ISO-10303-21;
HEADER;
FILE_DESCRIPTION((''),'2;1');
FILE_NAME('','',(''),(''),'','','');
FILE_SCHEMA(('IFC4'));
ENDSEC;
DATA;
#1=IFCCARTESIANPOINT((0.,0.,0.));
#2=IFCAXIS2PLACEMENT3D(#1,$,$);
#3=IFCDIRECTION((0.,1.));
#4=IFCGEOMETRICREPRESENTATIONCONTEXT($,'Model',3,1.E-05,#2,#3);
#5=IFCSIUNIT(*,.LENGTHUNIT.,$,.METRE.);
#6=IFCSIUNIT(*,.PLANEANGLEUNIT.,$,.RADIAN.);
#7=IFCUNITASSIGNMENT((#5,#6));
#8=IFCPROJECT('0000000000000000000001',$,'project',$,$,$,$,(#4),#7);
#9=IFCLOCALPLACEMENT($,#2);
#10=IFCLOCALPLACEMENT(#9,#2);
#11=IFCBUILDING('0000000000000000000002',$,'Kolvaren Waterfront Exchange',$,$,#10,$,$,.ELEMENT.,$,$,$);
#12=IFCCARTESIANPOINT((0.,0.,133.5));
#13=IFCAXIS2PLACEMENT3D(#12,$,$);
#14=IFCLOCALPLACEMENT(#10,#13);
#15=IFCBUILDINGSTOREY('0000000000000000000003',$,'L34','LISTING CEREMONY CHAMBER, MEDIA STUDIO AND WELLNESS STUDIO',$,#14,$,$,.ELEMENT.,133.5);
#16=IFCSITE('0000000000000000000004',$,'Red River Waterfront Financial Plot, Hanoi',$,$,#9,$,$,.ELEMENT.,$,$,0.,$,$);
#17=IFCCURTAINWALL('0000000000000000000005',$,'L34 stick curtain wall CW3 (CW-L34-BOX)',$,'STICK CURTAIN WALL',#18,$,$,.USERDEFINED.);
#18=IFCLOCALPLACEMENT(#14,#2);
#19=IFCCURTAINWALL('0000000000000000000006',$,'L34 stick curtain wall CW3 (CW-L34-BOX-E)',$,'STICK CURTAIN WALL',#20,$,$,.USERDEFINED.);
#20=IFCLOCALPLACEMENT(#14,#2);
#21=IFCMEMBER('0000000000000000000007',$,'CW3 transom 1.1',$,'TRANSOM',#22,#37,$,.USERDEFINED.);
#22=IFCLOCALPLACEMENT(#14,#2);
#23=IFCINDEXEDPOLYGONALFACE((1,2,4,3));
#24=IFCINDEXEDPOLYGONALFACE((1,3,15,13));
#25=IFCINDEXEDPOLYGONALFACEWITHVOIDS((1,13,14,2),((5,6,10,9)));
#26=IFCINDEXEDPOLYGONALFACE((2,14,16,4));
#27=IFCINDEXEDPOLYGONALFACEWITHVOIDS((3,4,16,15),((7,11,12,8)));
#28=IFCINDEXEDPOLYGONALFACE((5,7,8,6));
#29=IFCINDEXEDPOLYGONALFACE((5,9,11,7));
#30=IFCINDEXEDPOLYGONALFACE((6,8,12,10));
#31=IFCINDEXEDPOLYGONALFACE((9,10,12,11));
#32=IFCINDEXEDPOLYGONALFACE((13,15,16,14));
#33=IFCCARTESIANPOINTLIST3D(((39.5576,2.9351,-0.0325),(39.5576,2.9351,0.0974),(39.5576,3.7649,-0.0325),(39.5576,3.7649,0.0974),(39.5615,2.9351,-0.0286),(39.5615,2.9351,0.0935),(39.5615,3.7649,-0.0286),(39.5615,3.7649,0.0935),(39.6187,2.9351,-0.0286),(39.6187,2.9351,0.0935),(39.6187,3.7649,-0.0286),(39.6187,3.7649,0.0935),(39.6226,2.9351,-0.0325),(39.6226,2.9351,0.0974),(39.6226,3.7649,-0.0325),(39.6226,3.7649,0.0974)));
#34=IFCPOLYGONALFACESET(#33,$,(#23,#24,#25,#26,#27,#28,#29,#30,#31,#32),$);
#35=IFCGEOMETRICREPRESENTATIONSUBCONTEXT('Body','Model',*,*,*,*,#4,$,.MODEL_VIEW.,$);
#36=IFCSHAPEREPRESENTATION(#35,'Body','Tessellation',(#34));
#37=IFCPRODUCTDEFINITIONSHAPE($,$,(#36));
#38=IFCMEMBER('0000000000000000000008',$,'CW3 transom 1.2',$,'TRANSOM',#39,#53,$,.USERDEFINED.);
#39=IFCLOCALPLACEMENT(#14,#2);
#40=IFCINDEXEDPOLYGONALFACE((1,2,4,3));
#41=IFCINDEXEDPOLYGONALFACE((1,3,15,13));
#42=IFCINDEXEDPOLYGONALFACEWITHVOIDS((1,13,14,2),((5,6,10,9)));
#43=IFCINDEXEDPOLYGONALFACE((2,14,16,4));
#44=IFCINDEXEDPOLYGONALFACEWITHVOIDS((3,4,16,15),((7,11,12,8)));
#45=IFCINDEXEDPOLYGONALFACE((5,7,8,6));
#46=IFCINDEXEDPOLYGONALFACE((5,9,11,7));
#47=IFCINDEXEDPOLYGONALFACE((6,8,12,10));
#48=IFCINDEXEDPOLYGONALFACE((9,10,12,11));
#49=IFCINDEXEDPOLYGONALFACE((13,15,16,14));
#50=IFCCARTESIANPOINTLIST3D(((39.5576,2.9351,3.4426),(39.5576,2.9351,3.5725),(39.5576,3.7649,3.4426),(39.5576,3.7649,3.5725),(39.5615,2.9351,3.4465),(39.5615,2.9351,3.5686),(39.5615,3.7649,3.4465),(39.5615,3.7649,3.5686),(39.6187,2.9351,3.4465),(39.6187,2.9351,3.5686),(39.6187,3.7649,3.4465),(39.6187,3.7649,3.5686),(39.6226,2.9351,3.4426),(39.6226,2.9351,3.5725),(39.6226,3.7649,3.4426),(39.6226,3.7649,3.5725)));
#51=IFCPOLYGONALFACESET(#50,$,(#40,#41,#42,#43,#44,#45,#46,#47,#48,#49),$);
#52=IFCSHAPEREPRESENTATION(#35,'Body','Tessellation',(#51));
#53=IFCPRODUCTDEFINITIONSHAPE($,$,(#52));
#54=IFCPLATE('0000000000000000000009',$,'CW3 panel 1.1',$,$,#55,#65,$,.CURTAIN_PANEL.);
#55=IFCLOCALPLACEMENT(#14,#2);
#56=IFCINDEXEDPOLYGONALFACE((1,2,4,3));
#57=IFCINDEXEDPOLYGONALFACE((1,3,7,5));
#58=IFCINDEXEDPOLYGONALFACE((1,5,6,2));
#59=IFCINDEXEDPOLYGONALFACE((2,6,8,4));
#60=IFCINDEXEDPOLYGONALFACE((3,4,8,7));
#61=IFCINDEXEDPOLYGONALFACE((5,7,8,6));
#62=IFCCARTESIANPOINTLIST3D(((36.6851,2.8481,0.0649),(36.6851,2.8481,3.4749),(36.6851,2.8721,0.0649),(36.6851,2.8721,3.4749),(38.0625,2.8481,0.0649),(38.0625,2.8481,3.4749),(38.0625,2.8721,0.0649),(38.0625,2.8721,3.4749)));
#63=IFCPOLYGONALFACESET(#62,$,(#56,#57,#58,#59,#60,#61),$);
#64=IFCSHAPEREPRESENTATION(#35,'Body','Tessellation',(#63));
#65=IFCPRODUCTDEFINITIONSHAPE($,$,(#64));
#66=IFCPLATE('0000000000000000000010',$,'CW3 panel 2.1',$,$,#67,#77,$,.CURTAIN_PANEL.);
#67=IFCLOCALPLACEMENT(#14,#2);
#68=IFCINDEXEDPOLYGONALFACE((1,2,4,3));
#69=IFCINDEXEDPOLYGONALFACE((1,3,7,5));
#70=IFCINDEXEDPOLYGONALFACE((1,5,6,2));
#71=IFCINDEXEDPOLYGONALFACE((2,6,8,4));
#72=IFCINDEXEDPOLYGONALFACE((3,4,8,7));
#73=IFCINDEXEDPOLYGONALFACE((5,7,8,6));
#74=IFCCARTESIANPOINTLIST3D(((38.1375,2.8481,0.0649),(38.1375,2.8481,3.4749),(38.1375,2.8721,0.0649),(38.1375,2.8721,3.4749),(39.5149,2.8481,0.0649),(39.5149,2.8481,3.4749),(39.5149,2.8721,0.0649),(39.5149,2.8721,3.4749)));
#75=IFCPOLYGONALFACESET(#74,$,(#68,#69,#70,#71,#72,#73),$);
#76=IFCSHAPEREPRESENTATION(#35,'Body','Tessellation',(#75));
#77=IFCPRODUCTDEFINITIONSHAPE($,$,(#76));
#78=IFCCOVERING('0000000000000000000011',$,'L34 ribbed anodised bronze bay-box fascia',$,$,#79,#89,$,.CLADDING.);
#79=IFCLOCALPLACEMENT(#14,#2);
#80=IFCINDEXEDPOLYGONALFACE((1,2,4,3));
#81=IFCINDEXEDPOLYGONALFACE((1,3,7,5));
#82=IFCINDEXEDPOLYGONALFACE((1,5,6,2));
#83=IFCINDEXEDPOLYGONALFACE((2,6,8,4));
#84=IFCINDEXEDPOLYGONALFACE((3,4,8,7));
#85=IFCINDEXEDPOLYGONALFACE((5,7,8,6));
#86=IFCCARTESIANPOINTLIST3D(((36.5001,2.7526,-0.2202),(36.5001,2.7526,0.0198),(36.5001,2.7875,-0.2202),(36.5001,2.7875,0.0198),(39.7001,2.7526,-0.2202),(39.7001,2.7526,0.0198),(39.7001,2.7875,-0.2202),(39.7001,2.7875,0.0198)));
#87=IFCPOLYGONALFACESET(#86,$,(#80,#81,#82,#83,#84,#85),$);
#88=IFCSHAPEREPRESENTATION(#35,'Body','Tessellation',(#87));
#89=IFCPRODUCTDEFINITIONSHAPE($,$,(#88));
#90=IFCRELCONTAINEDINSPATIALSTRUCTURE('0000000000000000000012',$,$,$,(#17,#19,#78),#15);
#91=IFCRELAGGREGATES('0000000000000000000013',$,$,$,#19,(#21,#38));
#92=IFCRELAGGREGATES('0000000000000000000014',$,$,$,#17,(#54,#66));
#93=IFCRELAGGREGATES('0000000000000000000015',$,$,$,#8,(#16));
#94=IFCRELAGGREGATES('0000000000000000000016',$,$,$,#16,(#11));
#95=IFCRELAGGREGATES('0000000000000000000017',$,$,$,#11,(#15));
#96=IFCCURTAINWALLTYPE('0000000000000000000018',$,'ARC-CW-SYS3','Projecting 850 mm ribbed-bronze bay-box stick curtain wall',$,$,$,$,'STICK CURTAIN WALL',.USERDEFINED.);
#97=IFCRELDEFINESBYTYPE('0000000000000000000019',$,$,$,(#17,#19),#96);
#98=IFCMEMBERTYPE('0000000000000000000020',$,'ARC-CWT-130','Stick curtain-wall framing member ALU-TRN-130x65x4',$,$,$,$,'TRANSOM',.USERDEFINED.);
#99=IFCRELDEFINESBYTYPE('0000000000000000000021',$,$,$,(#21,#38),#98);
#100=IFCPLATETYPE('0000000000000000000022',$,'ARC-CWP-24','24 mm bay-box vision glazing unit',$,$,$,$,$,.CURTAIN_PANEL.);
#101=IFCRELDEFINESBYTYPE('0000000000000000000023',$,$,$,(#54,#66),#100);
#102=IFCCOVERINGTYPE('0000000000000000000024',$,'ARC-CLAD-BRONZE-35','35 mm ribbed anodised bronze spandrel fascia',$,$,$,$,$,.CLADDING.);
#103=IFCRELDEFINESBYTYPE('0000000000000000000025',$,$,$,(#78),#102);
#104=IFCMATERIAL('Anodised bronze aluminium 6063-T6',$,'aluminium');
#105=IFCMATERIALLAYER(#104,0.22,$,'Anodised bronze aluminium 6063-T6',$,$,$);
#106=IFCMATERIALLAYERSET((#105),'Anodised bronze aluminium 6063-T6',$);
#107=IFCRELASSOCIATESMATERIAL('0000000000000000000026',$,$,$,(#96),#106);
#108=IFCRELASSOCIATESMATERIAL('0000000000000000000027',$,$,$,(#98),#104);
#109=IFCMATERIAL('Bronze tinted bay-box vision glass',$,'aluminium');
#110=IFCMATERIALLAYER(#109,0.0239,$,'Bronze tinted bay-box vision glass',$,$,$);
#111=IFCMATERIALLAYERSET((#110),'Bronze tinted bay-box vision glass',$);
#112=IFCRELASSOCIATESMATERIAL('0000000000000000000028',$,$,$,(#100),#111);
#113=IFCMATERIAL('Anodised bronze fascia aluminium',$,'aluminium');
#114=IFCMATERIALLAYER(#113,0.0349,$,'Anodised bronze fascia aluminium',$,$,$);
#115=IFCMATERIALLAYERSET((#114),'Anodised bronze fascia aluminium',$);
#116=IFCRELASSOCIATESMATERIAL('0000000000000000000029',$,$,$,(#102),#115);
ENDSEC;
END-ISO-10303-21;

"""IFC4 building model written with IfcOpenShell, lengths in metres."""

from ifc_helpers import new_model, si_unit, direction, frame, origin, origin_with_axes, origin_2d, place, context, subcontext, project, spatial, rectangle, hollow_rectangle, extrude, source, transform, mapped, material, layer, layer_set, material_profile, profile_set, type_object, element, aggregate, save


model = new_model("IFC4")

# Units and contexts
model_context = context("Model", 3, precision=1e-05, world=origin(), true_north=direction((0.0, 1.0)))
body_context = subcontext(model_context, "Body", "Model", "MODEL_VIEW")
ifc_project = project(units=[si_unit("LENGTHUNIT", "METRE"), si_unit("PLANEANGLEUNIT", "RADIAN")], contexts=[model_context])

# Site, building, storey
site_placement = place(None, origin())
site = spatial("IfcSite", under=ifc_project, at=site_placement, Name="Red River Waterfront Financial Plot, Hanoi", CompositionType="ELEMENT", RefElevation=0.0)
building_placement = place(site_placement, origin())
building = spatial("IfcBuilding", under=site, at=building_placement, Name="Kolvaren Waterfront Exchange", CompositionType="ELEMENT")
storey_placement = place(building_placement, frame((0.0, 0.0, 133.5)))
storey = spatial("IfcBuildingStorey", under=building, at=storey_placement, Name="L34", Description="LISTING CEREMONY CHAMBER, MEDIA STUDIO AND WELLNESS STUDIO", CompositionType="ELEMENT", Elevation=133.5)

# Shared definitions
ifc_material_1 = material(Name="Anodised bronze aluminium 6063-T6", Category="aluminium")
ifc_layer_1 = layer(ifc_material_1, 0.22, Name="Anodised bronze aluminium 6063-T6")
ifc_layer_set_1 = layer_set([ifc_layer_1], Name="Anodised bronze aluminium 6063-T6")
curtain_wall_type = type_object("IfcCurtainWallType", Name="ARC-CW-SYS3", Description="Projecting 850 mm ribbed-bronze bay-box stick curtain wall", ElementType="STICK CURTAIN WALL", PredefinedType="USERDEFINED", material=ifc_layer_set_1)

# Curtain wall
curtain_wall_1_placement = place(storey_placement, origin())
curtain_wall_1 = element("IfcCurtainWall", 1, at=curtain_wall_1_placement, inside=storey, type_object=curtain_wall_type, Name="L34 stick curtain wall CW3 (CW-L34-BOX)", ObjectType="STICK CURTAIN WALL", PredefinedType="USERDEFINED")

# Curtain wall
curtain_wall_2_placement = place(storey_placement, origin())
curtain_wall_2 = element("IfcCurtainWall", 2, at=curtain_wall_2_placement, inside=storey, type_object=curtain_wall_type, Name="L34 stick curtain wall CW3 (CW-L34-BOX-E)", ObjectType="STICK CURTAIN WALL", PredefinedType="USERDEFINED")

# Members
ifc_material_profile_1 = material_profile(ifc_material_1, hollow_rectangle(XDim=0.0649, YDim=0.1299, WallThickness=0.0039, at=origin_2d()), Name="ALU-TRN-130x65x4")
ifc_profile_set_1 = profile_set([ifc_material_profile_1], Name="Anodised bronze aluminium 6063-T6")
member_type_1 = type_object("IfcMemberType", Name="ARC-CWT-130", Description="Stick curtain-wall framing member ALU-TRN-130x65x4", ElementType="TRANSOM", PredefinedType="USERDEFINED", material=ifc_profile_set_1)
shared_shape_1 = source(origin_with_axes(), body_context, "Body", "SweptSolid", [
    extrude(hollow_rectangle(XDim=0.0649, YDim=0.1299, WallThickness=0.0039, at=origin_2d()), origin(), (0.0, 0.0, 1.0), 0.8298),
])
member_1_placement = place(storey_placement, frame((39.5901, 2.9351, 0.0325), z_axis=(0.0, 1.0, 0.0), x_axis=(-1.0, 0.0, 0.0)))
member_1 = element("IfcMember", 3, at=member_1_placement, type_object=member_type_1, Name="CW3 transom 1.1", ObjectType="TRANSOM", PredefinedType="USERDEFINED", context=body_context, shape_type="MappedRepresentation", body=[
    mapped(shared_shape_1, transform((0.0, 0.0, 0.0), x_axis=(1.0, 0.0, 0.0), y_axis=(0.0, 1.0, 0.0), z_axis=(0.0, 0.0, 1.0), scale=1.0)),
])
member_2_placement = place(storey_placement, frame((39.5901, 2.9351, 3.5076), z_axis=(0.0, 1.0, 0.0), x_axis=(-1.0, 0.0, 0.0)))
member_2 = element("IfcMember", 4, at=member_2_placement, type_object=member_type_1, Name="CW3 transom 1.2", ObjectType="TRANSOM", PredefinedType="USERDEFINED", context=body_context, shape_type="MappedRepresentation", body=[
    mapped(shared_shape_1, transform((0.0, 0.0, 0.0), x_axis=(1.0, 0.0, 0.0), y_axis=(0.0, 1.0, 0.0), z_axis=(0.0, 0.0, 1.0), scale=1.0)),
])
aggregate(curtain_wall_2, [member_1, member_2])

# Plates
ifc_material_2 = material(Name="Bronze tinted bay-box vision glass", Category="aluminium")
ifc_layer_2 = layer(ifc_material_2, 0.0239, Name="Bronze tinted bay-box vision glass")
ifc_layer_set_2 = layer_set([ifc_layer_2], Name="Bronze tinted bay-box vision glass")
plate_type = type_object("IfcPlateType", Name="ARC-CWP-24", Description="24 mm bay-box vision glazing unit", PredefinedType="CURTAIN_PANEL", material=ifc_layer_set_2)
shared_shape_2 = source(origin_with_axes(), body_context, "Body", "SweptSolid", [
    extrude(rectangle(XDim=1.3774, YDim=0.0239, at=origin_2d()), origin(), (0.0, 0.0, 1.0), 3.4099),
])
plate_1_placement = place(storey_placement, frame((37.3738, 2.8601, 0.0649), z_axis=(0.0, 0.0, 1.0), x_axis=(1.0, 0.0, 0.0)))
plate_1 = element("IfcPlate", 5, at=plate_1_placement, type_object=plate_type, Name="CW3 panel 1.1", PredefinedType="CURTAIN_PANEL", context=body_context, shape_type="MappedRepresentation", body=[
    mapped(shared_shape_2, transform((0.0, 0.0, 0.0), x_axis=(1.0, 0.0, 0.0), y_axis=(0.0, 1.0, 0.0), z_axis=(0.0, 0.0, 1.0), scale=1.0)),
])
plate_2_placement = place(storey_placement, frame((38.8262, 2.8601, 0.0649), z_axis=(0.0, 0.0, 1.0), x_axis=(1.0, 0.0, 0.0)))
plate_2 = element("IfcPlate", 6, at=plate_2_placement, type_object=plate_type, Name="CW3 panel 2.1", PredefinedType="CURTAIN_PANEL", context=body_context, shape_type="MappedRepresentation", body=[
    mapped(shared_shape_2, transform((0.0, 0.0, 0.0), x_axis=(1.0, 0.0, 0.0), y_axis=(0.0, 1.0, 0.0), z_axis=(0.0, 0.0, 1.0), scale=1.0)),
])
aggregate(curtain_wall_1, [plate_1, plate_2])

# Covering
ifc_material_3 = material(Name="Anodised bronze fascia aluminium", Category="aluminium")
ifc_layer_3 = layer(ifc_material_3, 0.0349, Name="Anodised bronze fascia aluminium")
ifc_layer_set_3 = layer_set([ifc_layer_3], Name="Anodised bronze fascia aluminium")
covering_type = type_object("IfcCoveringType", Name="ARC-CLAD-BRONZE-35", Description="35 mm ribbed anodised bronze spandrel fascia", PredefinedType="CLADDING", material=ifc_layer_set_3)
covering_placement = place(storey_placement, frame((38.1001, 2.77, -0.2202), z_axis=(0.0, 0.0, 1.0), x_axis=(1.0, 0.0, 0.0)))
element("IfcCovering", 7, at=covering_placement, inside=storey, type_object=covering_type, Name="L34 ribbed anodised bronze bay-box fascia", PredefinedType="CLADDING", context=body_context, shape_type="SweptSolid", body=[
    extrude(rectangle(XDim=3.2, YDim=0.0349, at=origin_2d()), origin(), (0.0, 0.0, 1.0), 0.24),
])

save(model, "model.ifc")
